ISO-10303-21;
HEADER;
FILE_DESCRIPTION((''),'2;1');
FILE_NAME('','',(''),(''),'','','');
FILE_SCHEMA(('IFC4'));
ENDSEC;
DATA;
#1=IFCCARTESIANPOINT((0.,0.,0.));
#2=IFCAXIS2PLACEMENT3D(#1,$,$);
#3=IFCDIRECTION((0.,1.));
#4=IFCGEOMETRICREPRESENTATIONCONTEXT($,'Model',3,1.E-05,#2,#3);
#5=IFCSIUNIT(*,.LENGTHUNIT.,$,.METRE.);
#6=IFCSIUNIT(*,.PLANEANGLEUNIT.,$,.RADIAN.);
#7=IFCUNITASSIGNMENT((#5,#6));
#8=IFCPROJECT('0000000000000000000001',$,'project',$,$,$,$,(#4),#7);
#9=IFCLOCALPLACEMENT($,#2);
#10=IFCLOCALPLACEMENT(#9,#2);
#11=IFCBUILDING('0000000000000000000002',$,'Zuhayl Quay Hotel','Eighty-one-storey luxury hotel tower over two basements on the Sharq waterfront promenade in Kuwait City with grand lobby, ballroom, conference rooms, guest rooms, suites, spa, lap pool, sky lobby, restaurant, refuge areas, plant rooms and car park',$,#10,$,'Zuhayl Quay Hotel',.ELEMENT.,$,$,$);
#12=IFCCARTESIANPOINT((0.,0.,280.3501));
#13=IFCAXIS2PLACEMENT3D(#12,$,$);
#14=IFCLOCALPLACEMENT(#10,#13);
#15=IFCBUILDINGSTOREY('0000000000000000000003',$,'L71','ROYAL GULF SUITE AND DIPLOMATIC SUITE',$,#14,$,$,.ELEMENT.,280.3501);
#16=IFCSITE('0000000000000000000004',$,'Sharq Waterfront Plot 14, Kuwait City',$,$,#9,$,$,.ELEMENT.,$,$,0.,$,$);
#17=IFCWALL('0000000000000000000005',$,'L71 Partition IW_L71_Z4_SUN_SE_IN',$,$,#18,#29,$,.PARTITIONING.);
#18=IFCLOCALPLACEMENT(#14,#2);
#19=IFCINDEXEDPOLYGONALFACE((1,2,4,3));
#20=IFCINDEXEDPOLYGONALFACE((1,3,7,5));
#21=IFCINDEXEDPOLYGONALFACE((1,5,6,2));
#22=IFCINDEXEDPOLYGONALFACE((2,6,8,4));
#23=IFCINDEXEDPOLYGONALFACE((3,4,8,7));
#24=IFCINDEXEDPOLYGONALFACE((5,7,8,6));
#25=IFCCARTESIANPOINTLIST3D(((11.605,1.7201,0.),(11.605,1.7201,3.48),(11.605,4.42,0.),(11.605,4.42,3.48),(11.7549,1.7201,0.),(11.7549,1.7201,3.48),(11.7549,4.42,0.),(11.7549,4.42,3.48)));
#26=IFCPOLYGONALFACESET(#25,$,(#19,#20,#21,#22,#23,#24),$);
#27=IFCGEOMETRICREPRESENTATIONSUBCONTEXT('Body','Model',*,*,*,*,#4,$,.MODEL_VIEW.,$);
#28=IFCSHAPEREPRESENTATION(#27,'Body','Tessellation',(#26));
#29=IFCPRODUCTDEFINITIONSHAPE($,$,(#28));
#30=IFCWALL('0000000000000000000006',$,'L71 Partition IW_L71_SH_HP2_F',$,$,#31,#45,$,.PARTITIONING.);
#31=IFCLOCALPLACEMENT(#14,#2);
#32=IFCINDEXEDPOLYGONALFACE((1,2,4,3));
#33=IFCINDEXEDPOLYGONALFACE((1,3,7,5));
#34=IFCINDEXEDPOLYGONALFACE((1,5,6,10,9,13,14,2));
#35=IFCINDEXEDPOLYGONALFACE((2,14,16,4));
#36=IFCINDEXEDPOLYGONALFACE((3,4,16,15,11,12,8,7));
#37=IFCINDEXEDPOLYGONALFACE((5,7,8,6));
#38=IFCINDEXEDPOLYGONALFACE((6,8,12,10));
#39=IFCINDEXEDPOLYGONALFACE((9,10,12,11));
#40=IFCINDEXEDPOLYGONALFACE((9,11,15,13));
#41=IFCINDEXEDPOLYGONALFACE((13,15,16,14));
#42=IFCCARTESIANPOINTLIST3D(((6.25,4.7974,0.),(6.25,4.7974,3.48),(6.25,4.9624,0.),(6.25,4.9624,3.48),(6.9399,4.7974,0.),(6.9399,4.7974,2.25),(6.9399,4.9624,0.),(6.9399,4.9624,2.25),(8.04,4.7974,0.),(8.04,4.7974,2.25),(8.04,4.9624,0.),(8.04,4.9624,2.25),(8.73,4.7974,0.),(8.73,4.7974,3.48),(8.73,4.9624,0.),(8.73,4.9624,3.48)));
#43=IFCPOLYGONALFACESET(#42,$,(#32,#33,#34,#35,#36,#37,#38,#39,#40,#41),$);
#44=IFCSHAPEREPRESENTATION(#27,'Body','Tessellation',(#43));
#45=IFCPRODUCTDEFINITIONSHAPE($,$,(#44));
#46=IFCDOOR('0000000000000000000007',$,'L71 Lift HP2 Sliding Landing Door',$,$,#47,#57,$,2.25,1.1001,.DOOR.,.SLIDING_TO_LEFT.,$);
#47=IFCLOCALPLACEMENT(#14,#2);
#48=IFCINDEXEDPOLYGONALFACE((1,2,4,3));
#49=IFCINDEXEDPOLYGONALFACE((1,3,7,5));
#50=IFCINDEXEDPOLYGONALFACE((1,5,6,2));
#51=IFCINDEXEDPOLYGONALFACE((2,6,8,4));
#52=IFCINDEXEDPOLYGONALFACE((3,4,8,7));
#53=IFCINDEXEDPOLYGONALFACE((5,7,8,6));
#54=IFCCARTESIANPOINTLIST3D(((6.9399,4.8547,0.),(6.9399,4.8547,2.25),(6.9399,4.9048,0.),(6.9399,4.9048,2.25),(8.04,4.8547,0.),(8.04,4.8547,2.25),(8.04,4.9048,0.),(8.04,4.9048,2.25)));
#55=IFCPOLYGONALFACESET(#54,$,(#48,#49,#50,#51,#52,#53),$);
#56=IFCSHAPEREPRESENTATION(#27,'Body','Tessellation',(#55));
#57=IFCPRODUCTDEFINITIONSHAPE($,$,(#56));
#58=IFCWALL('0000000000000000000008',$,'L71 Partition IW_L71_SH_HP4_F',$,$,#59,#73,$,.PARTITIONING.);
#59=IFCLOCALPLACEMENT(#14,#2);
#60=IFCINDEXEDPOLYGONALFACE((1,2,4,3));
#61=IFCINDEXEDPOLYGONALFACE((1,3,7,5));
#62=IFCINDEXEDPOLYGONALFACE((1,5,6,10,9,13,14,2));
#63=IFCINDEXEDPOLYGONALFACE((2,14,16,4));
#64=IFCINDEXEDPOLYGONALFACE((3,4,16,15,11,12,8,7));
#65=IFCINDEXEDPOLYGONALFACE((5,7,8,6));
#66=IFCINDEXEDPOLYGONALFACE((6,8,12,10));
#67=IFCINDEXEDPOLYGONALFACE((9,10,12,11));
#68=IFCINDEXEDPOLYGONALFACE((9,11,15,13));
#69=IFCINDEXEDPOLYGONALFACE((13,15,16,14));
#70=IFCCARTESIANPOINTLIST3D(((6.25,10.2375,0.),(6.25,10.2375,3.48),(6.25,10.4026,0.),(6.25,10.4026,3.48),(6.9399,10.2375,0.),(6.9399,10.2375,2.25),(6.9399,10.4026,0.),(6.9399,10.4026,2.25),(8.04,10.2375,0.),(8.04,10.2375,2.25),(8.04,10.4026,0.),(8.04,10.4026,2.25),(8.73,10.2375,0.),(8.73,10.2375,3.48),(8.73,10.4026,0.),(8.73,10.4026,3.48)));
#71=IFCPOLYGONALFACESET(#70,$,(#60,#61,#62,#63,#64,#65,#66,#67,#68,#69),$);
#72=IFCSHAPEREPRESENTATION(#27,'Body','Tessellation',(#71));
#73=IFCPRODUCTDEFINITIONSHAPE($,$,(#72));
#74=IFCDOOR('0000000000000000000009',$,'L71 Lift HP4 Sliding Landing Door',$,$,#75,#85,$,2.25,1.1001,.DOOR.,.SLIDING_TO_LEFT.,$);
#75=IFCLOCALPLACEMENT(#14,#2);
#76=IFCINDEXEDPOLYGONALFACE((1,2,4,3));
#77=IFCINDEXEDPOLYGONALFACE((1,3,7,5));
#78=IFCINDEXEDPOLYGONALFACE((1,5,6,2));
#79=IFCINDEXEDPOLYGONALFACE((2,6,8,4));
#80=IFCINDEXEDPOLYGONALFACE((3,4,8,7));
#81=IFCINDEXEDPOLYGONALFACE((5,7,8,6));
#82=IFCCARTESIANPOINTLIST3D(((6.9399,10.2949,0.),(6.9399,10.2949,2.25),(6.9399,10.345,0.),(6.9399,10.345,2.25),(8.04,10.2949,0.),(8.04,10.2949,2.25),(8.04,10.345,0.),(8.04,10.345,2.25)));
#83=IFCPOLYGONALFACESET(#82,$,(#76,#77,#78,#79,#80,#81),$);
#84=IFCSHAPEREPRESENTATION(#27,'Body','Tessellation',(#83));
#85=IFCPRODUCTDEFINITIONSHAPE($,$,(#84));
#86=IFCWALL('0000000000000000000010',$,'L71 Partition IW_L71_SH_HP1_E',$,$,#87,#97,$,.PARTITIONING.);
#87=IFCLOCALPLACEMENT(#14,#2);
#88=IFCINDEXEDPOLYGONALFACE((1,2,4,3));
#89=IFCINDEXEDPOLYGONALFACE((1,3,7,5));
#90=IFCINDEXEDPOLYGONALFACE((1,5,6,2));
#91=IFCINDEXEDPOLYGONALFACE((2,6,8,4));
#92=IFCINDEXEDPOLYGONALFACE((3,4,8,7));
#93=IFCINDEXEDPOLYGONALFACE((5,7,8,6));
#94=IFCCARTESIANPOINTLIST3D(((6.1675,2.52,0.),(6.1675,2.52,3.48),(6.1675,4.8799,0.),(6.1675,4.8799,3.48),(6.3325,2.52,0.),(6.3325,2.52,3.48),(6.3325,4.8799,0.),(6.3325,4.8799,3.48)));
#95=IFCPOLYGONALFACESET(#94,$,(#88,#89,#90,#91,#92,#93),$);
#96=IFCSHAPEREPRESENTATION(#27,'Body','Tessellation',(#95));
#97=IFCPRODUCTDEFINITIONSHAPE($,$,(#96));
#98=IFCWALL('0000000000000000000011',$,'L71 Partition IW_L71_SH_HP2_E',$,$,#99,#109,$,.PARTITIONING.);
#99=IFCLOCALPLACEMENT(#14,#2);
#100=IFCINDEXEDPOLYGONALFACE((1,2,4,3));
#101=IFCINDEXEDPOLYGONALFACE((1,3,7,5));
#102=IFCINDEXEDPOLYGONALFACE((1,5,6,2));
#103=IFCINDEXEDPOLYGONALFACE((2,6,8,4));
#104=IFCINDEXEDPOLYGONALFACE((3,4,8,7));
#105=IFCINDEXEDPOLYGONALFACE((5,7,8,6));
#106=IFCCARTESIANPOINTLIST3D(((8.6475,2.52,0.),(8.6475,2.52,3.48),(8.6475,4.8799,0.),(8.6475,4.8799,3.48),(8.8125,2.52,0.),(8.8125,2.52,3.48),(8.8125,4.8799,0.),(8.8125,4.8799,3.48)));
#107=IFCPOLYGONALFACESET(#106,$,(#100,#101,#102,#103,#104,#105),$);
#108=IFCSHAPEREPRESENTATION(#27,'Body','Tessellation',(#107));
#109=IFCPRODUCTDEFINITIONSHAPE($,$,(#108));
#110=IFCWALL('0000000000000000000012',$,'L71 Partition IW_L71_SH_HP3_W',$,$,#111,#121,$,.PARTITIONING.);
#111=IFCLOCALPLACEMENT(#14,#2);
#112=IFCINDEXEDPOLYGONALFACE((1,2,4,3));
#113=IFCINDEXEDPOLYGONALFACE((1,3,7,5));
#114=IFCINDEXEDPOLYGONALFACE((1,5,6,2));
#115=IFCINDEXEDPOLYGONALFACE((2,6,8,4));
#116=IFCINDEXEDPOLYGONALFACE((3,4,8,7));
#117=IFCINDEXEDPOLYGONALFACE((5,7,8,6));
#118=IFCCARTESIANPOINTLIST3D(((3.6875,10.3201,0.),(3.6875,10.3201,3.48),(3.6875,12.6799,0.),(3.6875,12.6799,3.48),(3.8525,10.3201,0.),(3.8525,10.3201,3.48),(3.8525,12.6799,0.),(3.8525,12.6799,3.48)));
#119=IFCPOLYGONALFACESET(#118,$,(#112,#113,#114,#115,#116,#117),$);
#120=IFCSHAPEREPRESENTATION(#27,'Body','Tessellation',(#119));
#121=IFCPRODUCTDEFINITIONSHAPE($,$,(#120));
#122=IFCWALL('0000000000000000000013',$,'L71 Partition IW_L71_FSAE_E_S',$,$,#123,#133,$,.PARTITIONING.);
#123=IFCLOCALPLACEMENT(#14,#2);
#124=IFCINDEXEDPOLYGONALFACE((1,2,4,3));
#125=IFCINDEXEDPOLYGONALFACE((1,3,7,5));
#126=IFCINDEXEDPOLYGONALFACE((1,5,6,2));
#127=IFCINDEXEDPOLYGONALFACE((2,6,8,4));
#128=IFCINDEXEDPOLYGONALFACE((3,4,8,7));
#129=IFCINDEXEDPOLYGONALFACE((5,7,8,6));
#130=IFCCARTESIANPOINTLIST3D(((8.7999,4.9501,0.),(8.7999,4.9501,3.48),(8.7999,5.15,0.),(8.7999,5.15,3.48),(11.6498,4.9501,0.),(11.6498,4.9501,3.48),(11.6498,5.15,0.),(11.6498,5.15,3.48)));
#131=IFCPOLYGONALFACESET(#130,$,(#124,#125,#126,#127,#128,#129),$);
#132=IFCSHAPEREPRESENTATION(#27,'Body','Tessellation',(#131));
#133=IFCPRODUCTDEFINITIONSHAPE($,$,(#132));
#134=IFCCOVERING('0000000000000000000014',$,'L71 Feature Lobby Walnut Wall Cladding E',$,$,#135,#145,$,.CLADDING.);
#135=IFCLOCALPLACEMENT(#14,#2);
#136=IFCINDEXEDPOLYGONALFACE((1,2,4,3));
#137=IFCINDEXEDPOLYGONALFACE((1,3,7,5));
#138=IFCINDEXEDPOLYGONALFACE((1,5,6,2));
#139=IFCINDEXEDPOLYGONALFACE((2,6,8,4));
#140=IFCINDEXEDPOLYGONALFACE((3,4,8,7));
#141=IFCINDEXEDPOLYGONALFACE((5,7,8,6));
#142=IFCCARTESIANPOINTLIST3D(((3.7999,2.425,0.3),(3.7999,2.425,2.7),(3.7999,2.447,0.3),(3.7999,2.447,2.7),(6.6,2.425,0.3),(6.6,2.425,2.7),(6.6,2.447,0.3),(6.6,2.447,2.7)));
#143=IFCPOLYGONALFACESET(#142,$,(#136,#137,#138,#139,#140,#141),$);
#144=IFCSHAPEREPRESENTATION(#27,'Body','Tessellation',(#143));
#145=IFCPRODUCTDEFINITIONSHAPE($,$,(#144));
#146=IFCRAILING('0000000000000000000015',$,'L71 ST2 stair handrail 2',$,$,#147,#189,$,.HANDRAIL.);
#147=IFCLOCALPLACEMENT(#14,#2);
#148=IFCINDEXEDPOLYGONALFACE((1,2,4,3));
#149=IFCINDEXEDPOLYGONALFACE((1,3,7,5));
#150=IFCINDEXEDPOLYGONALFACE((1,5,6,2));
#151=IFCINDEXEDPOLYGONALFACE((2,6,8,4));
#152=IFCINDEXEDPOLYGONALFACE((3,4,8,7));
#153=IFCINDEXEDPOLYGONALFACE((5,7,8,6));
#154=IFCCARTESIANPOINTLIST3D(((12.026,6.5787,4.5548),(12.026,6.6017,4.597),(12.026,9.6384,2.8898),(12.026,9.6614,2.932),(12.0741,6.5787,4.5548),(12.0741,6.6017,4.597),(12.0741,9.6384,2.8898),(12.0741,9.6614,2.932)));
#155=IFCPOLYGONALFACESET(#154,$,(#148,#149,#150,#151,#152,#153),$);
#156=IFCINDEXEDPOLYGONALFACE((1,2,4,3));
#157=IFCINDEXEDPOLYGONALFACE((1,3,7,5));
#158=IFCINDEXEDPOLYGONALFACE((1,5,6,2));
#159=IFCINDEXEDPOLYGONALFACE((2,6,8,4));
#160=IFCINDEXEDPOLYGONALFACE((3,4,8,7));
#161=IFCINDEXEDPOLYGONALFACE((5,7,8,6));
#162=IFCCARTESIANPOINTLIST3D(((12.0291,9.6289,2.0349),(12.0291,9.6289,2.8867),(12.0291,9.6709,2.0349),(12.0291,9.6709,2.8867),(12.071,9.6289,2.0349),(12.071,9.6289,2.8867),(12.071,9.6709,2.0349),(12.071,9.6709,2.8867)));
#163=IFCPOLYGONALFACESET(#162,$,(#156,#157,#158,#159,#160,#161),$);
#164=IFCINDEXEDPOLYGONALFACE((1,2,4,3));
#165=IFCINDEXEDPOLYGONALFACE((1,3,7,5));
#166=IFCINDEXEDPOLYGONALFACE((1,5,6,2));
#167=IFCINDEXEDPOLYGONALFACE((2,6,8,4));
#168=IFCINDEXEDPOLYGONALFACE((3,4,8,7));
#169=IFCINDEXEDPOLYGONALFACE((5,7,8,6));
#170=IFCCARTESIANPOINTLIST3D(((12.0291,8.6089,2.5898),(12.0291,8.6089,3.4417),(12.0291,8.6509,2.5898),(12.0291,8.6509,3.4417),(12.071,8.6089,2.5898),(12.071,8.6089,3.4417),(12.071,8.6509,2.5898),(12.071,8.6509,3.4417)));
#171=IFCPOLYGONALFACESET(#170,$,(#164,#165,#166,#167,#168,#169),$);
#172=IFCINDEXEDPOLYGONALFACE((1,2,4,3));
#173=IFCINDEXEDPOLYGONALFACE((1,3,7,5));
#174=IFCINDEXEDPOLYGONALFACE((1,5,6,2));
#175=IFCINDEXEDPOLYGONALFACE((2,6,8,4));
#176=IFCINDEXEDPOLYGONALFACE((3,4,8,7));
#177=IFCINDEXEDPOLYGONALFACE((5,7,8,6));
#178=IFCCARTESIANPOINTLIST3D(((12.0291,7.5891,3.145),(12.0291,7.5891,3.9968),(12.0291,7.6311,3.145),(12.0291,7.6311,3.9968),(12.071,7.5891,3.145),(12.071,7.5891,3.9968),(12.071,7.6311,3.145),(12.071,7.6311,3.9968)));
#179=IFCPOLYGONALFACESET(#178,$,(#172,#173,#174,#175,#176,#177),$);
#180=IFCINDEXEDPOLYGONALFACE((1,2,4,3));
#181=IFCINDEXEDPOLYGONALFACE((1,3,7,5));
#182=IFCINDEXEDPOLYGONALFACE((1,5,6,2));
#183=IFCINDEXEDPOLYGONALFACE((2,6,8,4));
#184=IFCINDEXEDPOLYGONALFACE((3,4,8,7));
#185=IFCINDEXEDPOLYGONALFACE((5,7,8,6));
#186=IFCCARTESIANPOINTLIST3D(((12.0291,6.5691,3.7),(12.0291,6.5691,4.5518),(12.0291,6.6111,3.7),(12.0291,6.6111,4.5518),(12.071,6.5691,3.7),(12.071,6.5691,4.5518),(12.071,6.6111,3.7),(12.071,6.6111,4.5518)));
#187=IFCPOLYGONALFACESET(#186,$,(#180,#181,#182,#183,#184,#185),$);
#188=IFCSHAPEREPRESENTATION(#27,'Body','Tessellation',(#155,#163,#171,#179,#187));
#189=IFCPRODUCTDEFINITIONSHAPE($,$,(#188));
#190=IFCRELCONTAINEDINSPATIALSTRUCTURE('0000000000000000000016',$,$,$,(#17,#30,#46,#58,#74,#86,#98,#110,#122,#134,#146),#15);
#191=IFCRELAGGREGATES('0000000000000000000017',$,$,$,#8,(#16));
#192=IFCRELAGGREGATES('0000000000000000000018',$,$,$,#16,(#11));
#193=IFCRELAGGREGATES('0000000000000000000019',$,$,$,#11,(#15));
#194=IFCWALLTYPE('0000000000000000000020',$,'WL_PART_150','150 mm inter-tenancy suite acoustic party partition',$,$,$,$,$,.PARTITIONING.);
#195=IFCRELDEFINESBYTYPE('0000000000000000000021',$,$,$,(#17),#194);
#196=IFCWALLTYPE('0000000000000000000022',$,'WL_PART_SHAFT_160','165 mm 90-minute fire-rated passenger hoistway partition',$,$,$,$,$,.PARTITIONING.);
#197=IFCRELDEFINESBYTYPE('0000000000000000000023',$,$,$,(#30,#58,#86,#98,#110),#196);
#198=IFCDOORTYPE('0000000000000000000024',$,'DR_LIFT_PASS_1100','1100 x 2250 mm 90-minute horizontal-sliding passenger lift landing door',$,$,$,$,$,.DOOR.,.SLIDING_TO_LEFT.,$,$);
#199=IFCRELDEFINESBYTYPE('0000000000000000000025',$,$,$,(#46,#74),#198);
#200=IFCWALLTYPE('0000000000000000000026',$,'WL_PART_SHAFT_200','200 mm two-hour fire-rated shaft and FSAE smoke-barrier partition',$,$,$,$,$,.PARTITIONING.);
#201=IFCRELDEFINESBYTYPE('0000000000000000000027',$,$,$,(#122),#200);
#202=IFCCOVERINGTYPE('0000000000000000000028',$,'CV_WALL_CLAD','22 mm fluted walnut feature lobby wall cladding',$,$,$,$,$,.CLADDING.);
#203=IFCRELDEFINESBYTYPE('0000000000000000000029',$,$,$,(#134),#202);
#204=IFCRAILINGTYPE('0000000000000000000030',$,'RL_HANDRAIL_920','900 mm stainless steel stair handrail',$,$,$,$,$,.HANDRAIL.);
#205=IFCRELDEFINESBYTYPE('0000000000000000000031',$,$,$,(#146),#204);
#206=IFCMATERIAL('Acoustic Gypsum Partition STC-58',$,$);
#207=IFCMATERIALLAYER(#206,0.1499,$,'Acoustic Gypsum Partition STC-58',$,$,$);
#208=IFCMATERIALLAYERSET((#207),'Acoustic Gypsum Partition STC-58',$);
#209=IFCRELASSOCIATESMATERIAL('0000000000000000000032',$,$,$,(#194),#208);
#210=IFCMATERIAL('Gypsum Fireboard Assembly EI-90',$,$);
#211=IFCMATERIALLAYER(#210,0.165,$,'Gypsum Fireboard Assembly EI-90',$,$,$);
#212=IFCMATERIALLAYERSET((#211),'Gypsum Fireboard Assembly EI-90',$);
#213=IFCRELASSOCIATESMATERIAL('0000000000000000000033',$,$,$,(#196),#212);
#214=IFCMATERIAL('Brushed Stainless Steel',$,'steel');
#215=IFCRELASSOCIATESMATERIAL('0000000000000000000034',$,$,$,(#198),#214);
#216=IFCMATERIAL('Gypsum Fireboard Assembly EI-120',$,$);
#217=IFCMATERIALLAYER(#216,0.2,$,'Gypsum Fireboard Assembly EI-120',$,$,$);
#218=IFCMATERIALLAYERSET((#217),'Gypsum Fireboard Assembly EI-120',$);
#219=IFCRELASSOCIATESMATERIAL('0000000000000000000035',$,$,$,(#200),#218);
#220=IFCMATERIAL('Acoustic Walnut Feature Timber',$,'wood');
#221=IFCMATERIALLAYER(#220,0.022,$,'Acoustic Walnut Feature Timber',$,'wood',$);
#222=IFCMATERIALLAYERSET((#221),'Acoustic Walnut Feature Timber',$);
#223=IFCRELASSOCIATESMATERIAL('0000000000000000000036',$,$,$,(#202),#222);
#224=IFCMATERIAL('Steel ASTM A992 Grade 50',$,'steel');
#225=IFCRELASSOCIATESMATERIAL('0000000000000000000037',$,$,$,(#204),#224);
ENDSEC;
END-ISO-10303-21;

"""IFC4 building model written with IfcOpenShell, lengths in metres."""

from ifc_helpers import new_model, si_unit, direction, frame, frame_2d, origin, origin_2d, place, context, subcontext, project, spatial, rectangle, extrude, material, layer, layer_set, type_object, element, fill, save


model = new_model("IFC4")

# Units and contexts
model_context = context("Model", 3, precision=1e-05, world=origin(), true_north=direction((0.0, 1.0)))
body_context = subcontext(model_context, "Body", "Model", "MODEL_VIEW")
ifc_project = project(units=[si_unit("LENGTHUNIT", "METRE"), si_unit("PLANEANGLEUNIT", "RADIAN")], contexts=[model_context])

# Site, building, storey
site_placement = place(None, origin())
site = spatial("IfcSite", under=ifc_project, at=site_placement, Name="Sharq Waterfront Plot 14, Kuwait City", CompositionType="ELEMENT", RefElevation=0.0)
building_placement = place(site_placement, origin())
building = spatial("IfcBuilding", under=site, at=building_placement, Name="Zuhayl Quay Hotel", Description="Eighty-one-storey luxury hotel tower over two basements on the Sharq waterfront promenade in Kuwait City with grand lobby, ballroom, conference rooms, guest rooms, suites, spa, lap pool, sky lobby, restaurant, refuge areas, plant rooms and car park", LongName="Zuhayl Quay Hotel", CompositionType="ELEMENT")
storey_placement = place(building_placement, frame((0.0, 0.0, 280.3501)))
storey = spatial("IfcBuildingStorey", under=building, at=storey_placement, Name="L71", Description="ROYAL GULF SUITE AND DIPLOMATIC SUITE", CompositionType="ELEMENT", Elevation=280.3501)

# Shared definitions
ifc_material_1 = material(Name="Steel ASTM A992 Grade 50", Category="steel")

# Wall
ifc_material_2 = material(Name="Acoustic Gypsum Partition STC-58")
ifc_layer_1 = layer(ifc_material_2, 0.1499, Name="Acoustic Gypsum Partition STC-58")
ifc_layer_set_1 = layer_set([ifc_layer_1], Name="Acoustic Gypsum Partition STC-58")
wall_type_1 = type_object("IfcWallType", Name="WL_PART_150", Description="150 mm inter-tenancy suite acoustic party partition", PredefinedType="PARTITIONING", material=ifc_layer_set_1)
wall_1_placement = place(storey_placement, frame((11.6799, 1.72, 0.0), z_axis=(0.0, 0.0, 1.0), x_axis=(0.0, 1.0, 0.0)))
element("IfcWall", 1, at=wall_1_placement, inside=storey, type_object=wall_type_1, Name="L71 Partition IW_L71_Z4_SUN_SE_IN", PredefinedType="PARTITIONING", context=body_context, shape_type="SweptSolid", body=[
    extrude(rectangle(XDim=2.7, YDim=0.1499, at=frame_2d((1.3501, 0.0))), origin(), (0.0, 0.0, 1.0), 3.48),
])

# Walls, openings, doors
ifc_material_3 = material(Name="Gypsum Fireboard Assembly EI-90")
ifc_layer_2 = layer(ifc_material_3, 0.165, Name="Gypsum Fireboard Assembly EI-90")
ifc_layer_set_2 = layer_set([ifc_layer_2], Name="Gypsum Fireboard Assembly EI-90")
wall_type_2 = type_object("IfcWallType", Name="WL_PART_SHAFT_160", Description="165 mm 90-minute fire-rated passenger hoistway partition", PredefinedType="PARTITIONING", material=ifc_layer_set_2)
wall_2_placement = place(storey_placement, frame((6.25, 4.8799, 0.0), z_axis=(0.0, 0.0, 1.0), x_axis=(1.0, 0.0, 0.0)))
wall_2 = element("IfcWall", 2, at=wall_2_placement, inside=storey, type_object=wall_type_2, Name="L71 Partition IW_L71_SH_HP2_F", PredefinedType="PARTITIONING", context=body_context, shape_type="SweptSolid", body=[
    extrude(rectangle(XDim=2.48, YDim=0.165, at=frame_2d((1.24, 0.0))), origin(), (0.0, 0.0, 1.0), 3.48),
])
opening_1_placement = place(wall_2_placement, frame((0.6899, 0.0, 0.0)))
opening_1 = element("IfcOpeningElement", 3, at=opening_1_placement, cuts=wall_2, PredefinedType="OPENING", context=body_context, shape_type="SweptSolid", body=[
    extrude(rectangle(XDim=1.1001, YDim=2.25, at=frame_2d((0.55, 1.125))), frame((0.0, 0.0925, 0.0), z_axis=(0.0, -1.0, 0.0), x_axis=(1.0, 0.0, 0.0)), (0.0, 0.0, 1.0), 0.1851),
])
ifc_material_4 = material(Name="Brushed Stainless Steel", Category="steel")
door_type = type_object("IfcDoorType", Name="DR_LIFT_PASS_1100", Description="1100 x 2250 mm 90-minute horizontal-sliding passenger lift landing door", OperationType="SLIDING_TO_LEFT", PredefinedType="DOOR", material=ifc_material_4)
door_1_placement = place(opening_1_placement, origin())
door_1 = element("IfcDoor", 4, at=door_1_placement, inside=storey, type_object=door_type, Name="L71 Lift HP2 Sliding Landing Door", OperationType="SLIDING_TO_LEFT", OverallHeight=2.25, OverallWidth=1.1001, PredefinedType="DOOR", context=body_context, shape_type="SweptSolid", body=[
    extrude(rectangle(XDim=1.1001, YDim=2.25, at=frame_2d((0.55, 1.125))), frame((0.0, 0.0249, 0.0), z_axis=(0.0, -1.0, 0.0), x_axis=(1.0, 0.0, 0.0)), (0.0, 0.0, 1.0), 0.05),
])
fill(opening_1, door_1)
wall_3_placement = place(storey_placement, frame((6.25, 10.3201, 0.0), z_axis=(0.0, 0.0, 1.0), x_axis=(1.0, 0.0, 0.0)))
wall_3 = element("IfcWall", 5, at=wall_3_placement, inside=storey, type_object=wall_type_2, Name="L71 Partition IW_L71_SH_HP4_F", PredefinedType="PARTITIONING", context=body_context, shape_type="SweptSolid", body=[
    extrude(rectangle(XDim=2.48, YDim=0.165, at=frame_2d((1.24, 0.0))), origin(), (0.0, 0.0, 1.0), 3.48),
])
opening_2_placement = place(wall_3_placement, frame((0.6899, 0.0, 0.0)))
opening_2 = element("IfcOpeningElement", 6, at=opening_2_placement, cuts=wall_3, PredefinedType="OPENING", context=body_context, shape_type="SweptSolid", body=[
    extrude(rectangle(XDim=1.1001, YDim=2.25, at=frame_2d((0.55, 1.125))), frame((0.0, 0.0925, 0.0), z_axis=(0.0, -1.0, 0.0), x_axis=(1.0, 0.0, 0.0)), (0.0, 0.0, 1.0), 0.1851),
])
door_2_placement = place(opening_2_placement, origin())
door_2 = element("IfcDoor", 7, at=door_2_placement, inside=storey, type_object=door_type, Name="L71 Lift HP4 Sliding Landing Door", OperationType="SLIDING_TO_LEFT", OverallHeight=2.25, OverallWidth=1.1001, PredefinedType="DOOR", context=body_context, shape_type="SweptSolid", body=[
    extrude(rectangle(XDim=1.1001, YDim=2.25, at=frame_2d((0.55, 1.125))), frame((0.0, 0.0249, 0.0), z_axis=(0.0, -1.0, 0.0), x_axis=(1.0, 0.0, 0.0)), (0.0, 0.0, 1.0), 0.05),
])
fill(opening_2, door_2)

# Walls
for number, where, z_axis, x_axis, name in (
    (8, (6.25, 2.52, 0.0), (0.0, 0.0, 1.0), (0.0, 1.0, 0.0), "L71 Partition IW_L71_SH_HP1_E"),
    (9, (8.73, 2.52, 0.0), (0.0, 0.0, 1.0), (0.0, 1.0, 0.0), "L71 Partition IW_L71_SH_HP2_E"),
    (10, (3.77, 10.3201, 0.0), (0.0, 0.0, 1.0), (0.0, 1.0, 0.0), "L71 Partition IW_L71_SH_HP3_W"),
):
    element("IfcWall", number, at=place(storey_placement, frame(where, z_axis=z_axis, x_axis=x_axis)), inside=storey, type_object=wall_type_2, Name=name, PredefinedType="PARTITIONING", context=body_context, shape_type="SweptSolid", body=[
        extrude(rectangle(XDim=2.3599, YDim=0.165, at=frame_2d((1.1799, 0.0))), origin(), (0.0, 0.0, 1.0), 3.48),
    ])
ifc_material_5 = material(Name="Gypsum Fireboard Assembly EI-120")
ifc_layer_3 = layer(ifc_material_5, 0.2, Name="Gypsum Fireboard Assembly EI-120")
ifc_layer_set_3 = layer_set([ifc_layer_3], Name="Gypsum Fireboard Assembly EI-120")
wall_type_3 = type_object("IfcWallType", Name="WL_PART_SHAFT_200", Description="200 mm two-hour fire-rated shaft and FSAE smoke-barrier partition", PredefinedType="PARTITIONING", material=ifc_layer_set_3)
wall_4_placement = place(storey_placement, frame((8.8, 5.05, 0.0), z_axis=(0.0, 0.0, 1.0), x_axis=(1.0, 0.0, 0.0)))
element("IfcWall", 11, at=wall_4_placement, inside=storey, type_object=wall_type_3, Name="L71 Partition IW_L71_FSAE_E_S", PredefinedType="PARTITIONING", context=body_context, shape_type="SweptSolid", body=[
    extrude(rectangle(XDim=2.8499, YDim=0.2, at=frame_2d((1.4248, 0.0))), origin(), (0.0, 0.0, 1.0), 3.48),
])

# Covering
ifc_material_6 = material(Name="Acoustic Walnut Feature Timber", Category="wood")
ifc_layer_4 = layer(ifc_material_6, 0.022, Name="Acoustic Walnut Feature Timber", Category="wood")
ifc_layer_set_4 = layer_set([ifc_layer_4], Name="Acoustic Walnut Feature Timber")
covering_type = type_object("IfcCoveringType", Name="CV_WALL_CLAD", Description="22 mm fluted walnut feature lobby wall cladding", PredefinedType="CLADDING", material=ifc_layer_set_4)
covering_placement = place(storey_placement, frame((5.2, 2.436, 0.3), z_axis=(0.0, 0.0, 1.0), x_axis=(1.0, 0.0, 0.0)))
element("IfcCovering", 12, at=covering_placement, inside=storey, type_object=covering_type, Name="L71 Feature Lobby Walnut Wall Cladding E", PredefinedType="CLADDING", context=body_context, shape_type="SweptSolid", body=[
    extrude(rectangle(XDim=2.8, YDim=0.022, at=origin_2d()), origin(), (0.0, 0.0, 1.0), 2.3999),
])

# Railing
railing_type = type_object("IfcRailingType", Name="RL_HANDRAIL_920", Description="900 mm stainless steel stair handrail", PredefinedType="HANDRAIL", material=ifc_material_1)
railing_placement = place(storey_placement, frame((12.05, 9.6499, 2.0349)))
element("IfcRailing", 13, at=railing_placement, inside=storey, type_object=railing_type, Name="L71 ST2 stair handrail 2", PredefinedType="HANDRAIL", context=body_context, shape_type="SweptSolid", body=[
    extrude(rectangle(XDim=0.0481, YDim=0.0481, at=origin_2d()), frame((0.0, 0.0, 0.876), z_axis=(0.0, -0.878372, 0.477978), x_axis=(1.0, 0.0, 0.0)), (0.0, 0.0, 1.0), 3.4834),
    extrude(rectangle(XDim=0.042, YDim=0.042, at=origin_2d()), origin(), (0.0, 0.0, 1.0), 0.8518),
    extrude(rectangle(XDim=0.042, YDim=0.042, at=origin_2d()), frame((0.0, -1.02, 0.5549)), (0.0, 0.0, 1.0), 0.8518),
    extrude(rectangle(XDim=0.042, YDim=0.042, at=origin_2d()), frame((0.0, -2.0398, 1.1101)), (0.0, 0.0, 1.0), 0.8518),
    extrude(rectangle(XDim=0.042, YDim=0.042, at=origin_2d()), frame((0.0, -3.0598, 1.665)), (0.0, 0.0, 1.0), 0.8518),
])

save(model, "model.ifc")
